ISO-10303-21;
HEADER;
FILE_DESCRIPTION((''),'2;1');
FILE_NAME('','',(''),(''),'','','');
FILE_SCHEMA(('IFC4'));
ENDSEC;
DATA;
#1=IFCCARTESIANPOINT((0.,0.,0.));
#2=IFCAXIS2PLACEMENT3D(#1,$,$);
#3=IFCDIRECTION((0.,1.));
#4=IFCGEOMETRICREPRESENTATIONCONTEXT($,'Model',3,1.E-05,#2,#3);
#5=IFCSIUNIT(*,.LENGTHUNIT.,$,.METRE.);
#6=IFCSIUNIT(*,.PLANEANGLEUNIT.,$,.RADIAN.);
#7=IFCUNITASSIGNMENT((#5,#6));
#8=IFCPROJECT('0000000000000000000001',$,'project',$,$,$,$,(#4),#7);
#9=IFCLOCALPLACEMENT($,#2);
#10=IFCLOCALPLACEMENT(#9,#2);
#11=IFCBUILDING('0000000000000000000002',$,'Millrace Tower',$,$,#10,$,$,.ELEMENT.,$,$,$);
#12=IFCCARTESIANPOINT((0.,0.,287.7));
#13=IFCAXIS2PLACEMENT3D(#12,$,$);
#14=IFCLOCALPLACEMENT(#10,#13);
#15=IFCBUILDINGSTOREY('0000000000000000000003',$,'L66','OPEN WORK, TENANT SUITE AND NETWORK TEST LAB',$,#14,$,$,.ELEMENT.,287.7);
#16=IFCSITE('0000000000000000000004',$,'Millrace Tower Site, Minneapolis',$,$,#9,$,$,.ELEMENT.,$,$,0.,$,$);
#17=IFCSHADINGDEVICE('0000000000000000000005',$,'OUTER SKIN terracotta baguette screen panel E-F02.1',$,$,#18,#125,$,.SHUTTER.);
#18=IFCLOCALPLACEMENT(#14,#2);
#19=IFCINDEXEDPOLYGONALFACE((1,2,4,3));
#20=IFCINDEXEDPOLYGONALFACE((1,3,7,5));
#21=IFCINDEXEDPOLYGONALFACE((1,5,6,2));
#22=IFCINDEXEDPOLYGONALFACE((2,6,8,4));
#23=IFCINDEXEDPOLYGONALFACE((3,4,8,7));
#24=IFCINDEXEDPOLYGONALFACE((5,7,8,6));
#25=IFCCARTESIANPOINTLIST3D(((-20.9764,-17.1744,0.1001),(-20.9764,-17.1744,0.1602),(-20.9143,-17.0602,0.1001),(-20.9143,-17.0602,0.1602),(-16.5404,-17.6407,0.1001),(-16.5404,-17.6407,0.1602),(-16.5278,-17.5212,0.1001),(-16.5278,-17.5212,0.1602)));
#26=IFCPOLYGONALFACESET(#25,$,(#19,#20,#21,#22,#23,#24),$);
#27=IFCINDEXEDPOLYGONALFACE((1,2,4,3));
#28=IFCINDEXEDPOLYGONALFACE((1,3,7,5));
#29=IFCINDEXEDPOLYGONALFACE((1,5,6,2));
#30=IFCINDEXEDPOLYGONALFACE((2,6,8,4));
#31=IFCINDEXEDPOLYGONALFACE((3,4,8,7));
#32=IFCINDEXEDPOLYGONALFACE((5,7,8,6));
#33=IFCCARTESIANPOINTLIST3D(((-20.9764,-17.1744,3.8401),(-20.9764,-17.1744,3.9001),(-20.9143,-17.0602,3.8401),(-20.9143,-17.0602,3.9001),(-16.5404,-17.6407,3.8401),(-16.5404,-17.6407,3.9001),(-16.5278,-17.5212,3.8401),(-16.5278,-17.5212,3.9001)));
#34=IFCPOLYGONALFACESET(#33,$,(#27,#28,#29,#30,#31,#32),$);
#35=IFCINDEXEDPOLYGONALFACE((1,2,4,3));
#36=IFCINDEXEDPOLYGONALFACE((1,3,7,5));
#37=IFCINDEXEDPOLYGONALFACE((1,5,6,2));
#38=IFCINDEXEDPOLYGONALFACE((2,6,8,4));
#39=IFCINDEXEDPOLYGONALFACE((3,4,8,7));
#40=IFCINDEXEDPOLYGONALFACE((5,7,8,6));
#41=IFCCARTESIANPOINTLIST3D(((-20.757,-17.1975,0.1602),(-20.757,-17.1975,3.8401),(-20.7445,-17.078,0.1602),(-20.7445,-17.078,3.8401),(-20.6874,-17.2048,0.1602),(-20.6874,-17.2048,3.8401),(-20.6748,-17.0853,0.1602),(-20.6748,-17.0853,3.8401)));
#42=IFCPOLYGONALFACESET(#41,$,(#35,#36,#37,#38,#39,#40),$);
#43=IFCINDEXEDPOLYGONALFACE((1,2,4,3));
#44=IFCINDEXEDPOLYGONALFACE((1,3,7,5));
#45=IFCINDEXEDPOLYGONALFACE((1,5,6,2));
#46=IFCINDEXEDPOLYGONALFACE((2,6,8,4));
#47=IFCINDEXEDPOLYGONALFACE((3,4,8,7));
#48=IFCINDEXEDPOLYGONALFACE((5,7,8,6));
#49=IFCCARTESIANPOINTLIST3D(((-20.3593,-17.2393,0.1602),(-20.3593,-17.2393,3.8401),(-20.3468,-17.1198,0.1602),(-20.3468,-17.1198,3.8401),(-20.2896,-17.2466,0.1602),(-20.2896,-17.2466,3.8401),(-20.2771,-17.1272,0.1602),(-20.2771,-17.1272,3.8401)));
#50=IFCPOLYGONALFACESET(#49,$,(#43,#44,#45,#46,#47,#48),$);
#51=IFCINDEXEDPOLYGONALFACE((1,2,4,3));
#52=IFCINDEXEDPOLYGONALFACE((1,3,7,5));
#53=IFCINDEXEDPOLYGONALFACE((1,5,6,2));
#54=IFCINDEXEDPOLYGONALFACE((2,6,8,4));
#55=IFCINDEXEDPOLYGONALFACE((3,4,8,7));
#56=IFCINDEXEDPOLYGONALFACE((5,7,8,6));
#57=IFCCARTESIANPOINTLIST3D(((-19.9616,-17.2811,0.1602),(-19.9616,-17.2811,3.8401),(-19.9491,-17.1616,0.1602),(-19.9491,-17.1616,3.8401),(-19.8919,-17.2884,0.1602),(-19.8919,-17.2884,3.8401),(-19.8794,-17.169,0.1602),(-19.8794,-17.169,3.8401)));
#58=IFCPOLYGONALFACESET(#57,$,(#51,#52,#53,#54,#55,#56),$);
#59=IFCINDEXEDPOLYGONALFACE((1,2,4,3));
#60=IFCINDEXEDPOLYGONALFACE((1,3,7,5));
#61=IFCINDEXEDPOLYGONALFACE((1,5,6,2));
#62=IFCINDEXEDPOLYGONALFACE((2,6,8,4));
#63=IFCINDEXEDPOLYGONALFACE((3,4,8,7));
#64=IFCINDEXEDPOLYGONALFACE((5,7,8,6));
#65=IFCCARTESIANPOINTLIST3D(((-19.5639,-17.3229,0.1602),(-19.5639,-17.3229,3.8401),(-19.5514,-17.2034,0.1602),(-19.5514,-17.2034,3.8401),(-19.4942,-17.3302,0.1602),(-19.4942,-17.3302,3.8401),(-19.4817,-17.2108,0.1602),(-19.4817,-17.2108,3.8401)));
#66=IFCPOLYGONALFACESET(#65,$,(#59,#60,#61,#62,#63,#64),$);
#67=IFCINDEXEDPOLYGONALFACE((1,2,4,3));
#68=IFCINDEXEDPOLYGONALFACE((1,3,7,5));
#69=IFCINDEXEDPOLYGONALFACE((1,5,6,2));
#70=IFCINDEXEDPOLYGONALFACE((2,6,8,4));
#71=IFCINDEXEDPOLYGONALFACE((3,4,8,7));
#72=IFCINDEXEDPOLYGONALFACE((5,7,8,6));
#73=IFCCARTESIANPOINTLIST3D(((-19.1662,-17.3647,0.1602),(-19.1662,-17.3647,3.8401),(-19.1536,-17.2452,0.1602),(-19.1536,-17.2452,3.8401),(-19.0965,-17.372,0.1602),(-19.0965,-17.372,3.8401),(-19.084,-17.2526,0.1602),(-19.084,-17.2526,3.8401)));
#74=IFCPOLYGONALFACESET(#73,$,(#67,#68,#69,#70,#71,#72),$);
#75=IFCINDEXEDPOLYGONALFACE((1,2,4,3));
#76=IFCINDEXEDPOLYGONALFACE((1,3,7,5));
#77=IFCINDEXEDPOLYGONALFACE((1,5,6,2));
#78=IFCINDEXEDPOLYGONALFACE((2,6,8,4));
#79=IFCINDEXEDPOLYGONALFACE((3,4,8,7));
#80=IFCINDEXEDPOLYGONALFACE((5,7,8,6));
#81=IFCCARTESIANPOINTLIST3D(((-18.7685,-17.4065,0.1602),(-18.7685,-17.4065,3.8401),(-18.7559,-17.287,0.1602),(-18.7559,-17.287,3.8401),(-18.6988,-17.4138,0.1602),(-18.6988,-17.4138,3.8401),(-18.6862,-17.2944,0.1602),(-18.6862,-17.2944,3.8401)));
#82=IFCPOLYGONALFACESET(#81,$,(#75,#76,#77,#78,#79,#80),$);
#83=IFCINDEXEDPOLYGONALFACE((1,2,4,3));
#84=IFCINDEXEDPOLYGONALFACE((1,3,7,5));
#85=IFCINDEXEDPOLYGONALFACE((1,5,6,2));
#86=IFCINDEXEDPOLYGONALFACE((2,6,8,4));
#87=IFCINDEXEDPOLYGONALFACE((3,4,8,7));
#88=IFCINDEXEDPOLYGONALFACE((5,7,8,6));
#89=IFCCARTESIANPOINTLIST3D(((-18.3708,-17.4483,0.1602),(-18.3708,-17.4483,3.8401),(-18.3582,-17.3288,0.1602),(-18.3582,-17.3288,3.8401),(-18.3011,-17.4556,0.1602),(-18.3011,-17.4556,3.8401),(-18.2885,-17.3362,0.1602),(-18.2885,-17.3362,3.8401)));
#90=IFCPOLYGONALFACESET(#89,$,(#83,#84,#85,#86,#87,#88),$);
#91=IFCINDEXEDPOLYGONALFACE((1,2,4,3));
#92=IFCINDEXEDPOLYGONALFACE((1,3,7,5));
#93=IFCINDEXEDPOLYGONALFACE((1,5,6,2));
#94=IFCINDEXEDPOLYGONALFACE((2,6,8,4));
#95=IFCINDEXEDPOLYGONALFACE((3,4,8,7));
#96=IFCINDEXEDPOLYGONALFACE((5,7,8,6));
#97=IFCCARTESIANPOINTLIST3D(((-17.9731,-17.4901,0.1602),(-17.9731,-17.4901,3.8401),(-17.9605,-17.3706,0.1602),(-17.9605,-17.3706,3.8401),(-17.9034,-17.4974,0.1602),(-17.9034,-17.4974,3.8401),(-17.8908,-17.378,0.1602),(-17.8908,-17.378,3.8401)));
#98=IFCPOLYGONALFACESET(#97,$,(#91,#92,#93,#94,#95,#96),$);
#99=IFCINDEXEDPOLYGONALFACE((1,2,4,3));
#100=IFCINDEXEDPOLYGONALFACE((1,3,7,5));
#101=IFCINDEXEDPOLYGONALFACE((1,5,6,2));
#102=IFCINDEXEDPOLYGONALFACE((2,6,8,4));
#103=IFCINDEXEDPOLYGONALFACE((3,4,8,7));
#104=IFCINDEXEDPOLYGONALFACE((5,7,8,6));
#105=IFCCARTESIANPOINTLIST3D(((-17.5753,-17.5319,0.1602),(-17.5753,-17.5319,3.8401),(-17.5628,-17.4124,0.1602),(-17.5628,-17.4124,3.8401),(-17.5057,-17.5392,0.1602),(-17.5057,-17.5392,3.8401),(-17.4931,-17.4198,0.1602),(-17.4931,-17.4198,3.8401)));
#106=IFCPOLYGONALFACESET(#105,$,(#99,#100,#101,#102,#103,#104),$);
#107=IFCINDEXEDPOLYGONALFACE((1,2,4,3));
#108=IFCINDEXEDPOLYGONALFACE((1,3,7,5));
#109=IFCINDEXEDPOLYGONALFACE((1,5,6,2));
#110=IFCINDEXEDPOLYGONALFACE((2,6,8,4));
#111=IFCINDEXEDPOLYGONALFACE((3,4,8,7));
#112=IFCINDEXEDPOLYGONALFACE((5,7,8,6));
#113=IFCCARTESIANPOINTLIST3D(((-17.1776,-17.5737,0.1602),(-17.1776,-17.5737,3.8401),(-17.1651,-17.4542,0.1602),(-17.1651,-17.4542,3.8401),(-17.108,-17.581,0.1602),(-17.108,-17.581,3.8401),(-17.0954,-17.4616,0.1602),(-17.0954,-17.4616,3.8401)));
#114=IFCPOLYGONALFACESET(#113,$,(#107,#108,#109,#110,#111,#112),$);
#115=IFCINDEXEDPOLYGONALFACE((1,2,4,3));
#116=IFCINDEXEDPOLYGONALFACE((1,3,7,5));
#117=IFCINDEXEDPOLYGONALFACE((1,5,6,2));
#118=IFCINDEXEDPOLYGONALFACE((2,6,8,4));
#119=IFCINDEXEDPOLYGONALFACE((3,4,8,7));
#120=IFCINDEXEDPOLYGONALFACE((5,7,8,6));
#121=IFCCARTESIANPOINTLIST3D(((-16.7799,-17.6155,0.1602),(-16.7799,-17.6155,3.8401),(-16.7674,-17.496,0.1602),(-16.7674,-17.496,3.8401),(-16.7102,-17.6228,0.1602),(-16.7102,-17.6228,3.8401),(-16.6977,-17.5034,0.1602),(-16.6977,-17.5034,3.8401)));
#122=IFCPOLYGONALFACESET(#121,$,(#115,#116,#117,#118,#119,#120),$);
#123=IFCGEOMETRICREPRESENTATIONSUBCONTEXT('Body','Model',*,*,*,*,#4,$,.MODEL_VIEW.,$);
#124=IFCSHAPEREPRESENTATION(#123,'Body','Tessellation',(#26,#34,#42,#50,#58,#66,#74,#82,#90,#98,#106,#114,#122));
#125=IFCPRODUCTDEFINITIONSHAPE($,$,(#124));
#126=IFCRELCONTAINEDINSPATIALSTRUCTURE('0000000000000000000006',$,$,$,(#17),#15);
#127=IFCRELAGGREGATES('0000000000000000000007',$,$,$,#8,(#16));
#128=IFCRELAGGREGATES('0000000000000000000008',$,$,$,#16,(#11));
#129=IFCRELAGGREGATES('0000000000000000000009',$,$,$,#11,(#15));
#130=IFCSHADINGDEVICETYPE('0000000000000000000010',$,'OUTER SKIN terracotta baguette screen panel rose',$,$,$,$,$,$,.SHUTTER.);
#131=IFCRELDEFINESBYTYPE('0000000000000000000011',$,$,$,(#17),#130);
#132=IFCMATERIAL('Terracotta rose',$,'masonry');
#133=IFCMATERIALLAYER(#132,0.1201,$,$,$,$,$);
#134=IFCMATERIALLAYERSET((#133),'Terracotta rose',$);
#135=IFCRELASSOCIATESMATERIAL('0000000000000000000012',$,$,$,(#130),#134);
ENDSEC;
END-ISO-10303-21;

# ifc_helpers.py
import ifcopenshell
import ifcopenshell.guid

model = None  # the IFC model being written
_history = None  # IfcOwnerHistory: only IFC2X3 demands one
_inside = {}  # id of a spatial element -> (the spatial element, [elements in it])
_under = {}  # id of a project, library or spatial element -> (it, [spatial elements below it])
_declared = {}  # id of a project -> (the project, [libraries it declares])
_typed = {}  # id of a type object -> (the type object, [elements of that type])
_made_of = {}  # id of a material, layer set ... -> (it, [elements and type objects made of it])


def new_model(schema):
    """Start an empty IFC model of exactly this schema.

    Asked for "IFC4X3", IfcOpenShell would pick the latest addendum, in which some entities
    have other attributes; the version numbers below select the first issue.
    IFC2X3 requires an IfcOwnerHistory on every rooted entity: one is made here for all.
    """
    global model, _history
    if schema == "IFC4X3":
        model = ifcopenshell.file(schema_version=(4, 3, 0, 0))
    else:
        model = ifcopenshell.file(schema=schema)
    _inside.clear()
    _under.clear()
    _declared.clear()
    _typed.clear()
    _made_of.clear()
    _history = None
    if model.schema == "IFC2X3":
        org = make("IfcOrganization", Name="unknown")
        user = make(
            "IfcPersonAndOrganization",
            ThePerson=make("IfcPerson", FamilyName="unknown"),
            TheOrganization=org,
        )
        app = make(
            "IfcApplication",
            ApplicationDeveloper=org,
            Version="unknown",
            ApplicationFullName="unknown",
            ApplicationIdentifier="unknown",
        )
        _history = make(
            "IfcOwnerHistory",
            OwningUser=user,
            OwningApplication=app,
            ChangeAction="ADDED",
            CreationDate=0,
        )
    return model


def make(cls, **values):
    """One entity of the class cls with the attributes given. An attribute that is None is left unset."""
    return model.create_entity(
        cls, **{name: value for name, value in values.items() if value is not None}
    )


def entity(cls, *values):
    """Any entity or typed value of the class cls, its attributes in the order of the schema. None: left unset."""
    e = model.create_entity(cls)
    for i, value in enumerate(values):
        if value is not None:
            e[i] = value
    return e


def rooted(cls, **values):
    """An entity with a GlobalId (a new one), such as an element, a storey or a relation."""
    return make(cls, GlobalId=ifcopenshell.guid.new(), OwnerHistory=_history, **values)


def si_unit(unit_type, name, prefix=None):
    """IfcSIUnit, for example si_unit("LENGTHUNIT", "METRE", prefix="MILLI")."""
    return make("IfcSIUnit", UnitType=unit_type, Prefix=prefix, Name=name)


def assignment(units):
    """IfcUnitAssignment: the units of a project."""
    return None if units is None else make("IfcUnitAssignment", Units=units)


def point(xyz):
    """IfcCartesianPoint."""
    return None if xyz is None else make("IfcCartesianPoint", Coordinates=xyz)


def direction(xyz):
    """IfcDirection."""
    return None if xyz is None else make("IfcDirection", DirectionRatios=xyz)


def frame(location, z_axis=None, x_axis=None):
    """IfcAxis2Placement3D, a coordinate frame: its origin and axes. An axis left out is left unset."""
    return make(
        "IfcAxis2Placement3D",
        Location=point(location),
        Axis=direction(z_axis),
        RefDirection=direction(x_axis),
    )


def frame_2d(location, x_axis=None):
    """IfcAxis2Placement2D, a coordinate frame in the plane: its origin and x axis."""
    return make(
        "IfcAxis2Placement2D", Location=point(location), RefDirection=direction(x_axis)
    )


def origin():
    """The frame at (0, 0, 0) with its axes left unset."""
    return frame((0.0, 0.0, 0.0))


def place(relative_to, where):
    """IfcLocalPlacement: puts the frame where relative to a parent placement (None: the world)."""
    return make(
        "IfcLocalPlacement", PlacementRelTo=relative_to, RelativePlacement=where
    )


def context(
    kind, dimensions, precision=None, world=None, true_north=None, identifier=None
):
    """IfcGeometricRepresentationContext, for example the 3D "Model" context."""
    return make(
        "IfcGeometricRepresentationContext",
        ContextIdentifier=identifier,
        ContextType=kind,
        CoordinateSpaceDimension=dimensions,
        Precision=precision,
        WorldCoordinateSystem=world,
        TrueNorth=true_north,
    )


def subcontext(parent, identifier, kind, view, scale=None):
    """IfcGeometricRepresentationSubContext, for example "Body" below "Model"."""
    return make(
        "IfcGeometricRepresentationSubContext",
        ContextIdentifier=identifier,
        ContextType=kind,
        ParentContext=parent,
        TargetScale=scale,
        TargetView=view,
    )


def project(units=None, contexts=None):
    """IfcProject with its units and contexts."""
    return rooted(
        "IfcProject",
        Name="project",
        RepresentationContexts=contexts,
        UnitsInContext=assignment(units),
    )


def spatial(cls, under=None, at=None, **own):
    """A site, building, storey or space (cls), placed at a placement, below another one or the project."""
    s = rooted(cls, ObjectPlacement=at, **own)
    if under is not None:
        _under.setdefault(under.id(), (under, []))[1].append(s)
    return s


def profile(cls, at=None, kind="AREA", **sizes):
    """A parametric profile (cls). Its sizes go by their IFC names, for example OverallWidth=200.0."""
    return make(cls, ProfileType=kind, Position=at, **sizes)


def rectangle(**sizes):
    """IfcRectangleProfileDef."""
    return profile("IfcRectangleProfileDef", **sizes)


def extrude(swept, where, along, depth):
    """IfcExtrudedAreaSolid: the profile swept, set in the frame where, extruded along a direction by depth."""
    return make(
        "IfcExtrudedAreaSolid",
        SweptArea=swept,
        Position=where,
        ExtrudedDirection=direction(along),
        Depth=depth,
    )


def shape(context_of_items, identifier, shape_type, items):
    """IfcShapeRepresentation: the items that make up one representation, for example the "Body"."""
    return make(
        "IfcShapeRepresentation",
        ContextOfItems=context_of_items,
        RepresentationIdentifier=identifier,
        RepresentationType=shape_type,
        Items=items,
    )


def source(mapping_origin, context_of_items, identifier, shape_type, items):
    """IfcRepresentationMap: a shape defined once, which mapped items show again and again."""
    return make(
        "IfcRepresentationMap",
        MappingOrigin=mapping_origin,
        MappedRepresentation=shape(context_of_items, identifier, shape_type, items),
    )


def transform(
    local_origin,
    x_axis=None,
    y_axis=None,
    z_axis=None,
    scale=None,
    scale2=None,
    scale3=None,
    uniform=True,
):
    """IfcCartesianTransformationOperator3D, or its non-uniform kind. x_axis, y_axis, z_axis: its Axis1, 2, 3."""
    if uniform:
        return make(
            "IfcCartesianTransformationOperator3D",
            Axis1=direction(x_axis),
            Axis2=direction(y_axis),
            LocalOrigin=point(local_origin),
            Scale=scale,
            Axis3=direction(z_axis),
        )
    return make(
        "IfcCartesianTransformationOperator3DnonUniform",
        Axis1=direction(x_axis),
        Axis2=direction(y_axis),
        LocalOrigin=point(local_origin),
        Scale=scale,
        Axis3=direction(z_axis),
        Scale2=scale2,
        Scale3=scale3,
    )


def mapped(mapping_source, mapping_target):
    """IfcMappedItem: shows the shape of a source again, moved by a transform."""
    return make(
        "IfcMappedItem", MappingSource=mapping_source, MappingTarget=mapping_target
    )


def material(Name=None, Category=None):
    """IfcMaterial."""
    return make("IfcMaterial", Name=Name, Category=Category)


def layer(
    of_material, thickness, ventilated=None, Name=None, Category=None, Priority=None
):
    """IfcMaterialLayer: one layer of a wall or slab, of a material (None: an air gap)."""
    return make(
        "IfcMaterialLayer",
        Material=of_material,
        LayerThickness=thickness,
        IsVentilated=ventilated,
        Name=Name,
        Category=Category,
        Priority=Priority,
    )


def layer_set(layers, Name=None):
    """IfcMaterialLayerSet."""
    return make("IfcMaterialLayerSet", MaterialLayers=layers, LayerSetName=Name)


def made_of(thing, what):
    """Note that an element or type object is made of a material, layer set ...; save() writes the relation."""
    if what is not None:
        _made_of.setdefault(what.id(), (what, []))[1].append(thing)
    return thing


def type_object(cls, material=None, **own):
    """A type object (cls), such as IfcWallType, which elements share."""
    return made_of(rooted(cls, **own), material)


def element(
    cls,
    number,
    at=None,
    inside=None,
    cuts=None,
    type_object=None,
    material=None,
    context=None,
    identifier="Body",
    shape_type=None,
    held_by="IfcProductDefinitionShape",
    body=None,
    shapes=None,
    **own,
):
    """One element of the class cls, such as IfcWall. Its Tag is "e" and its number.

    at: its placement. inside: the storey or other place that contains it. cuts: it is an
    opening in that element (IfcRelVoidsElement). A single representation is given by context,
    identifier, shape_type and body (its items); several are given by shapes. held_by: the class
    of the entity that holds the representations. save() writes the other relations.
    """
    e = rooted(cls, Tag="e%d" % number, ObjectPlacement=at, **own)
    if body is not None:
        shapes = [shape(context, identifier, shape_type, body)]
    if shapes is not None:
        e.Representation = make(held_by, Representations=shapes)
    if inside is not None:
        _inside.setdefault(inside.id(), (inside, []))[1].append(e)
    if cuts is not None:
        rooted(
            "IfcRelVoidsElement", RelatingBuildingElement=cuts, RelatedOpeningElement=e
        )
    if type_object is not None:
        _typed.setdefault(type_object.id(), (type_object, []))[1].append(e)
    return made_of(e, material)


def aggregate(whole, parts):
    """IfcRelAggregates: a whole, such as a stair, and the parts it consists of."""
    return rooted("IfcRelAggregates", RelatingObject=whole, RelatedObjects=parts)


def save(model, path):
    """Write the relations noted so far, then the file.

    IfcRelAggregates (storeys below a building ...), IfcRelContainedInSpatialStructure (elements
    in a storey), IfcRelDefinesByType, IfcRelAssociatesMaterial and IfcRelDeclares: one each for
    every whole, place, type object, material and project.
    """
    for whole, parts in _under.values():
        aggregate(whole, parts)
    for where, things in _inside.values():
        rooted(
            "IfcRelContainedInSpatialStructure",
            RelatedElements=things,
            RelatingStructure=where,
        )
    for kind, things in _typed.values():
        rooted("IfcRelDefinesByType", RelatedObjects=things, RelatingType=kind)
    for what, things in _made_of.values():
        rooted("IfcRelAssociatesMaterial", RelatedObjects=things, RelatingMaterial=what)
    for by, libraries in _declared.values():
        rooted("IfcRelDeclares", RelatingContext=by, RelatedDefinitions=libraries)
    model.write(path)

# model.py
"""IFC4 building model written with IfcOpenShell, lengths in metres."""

from ifc_helpers import new_model, entity, si_unit, direction, frame, frame_2d, origin, place, context, subcontext, project, spatial, rectangle, extrude, source, transform, mapped, material, layer, layer_set, type_object, element, save


model = new_model("IFC4")

# Units and contexts
model_context = context("Model", 3, precision=1e-05, world=origin(), true_north=direction((0.0, 1.0)))
body_context = subcontext(model_context, "Body", "Model", "MODEL_VIEW")
ifc_project = project(units=[si_unit("LENGTHUNIT", "METRE"), si_unit("PLANEANGLEUNIT", "RADIAN")], contexts=[model_context])

# Site, building, storey
site_placement = place(None, origin())
site = spatial("IfcSite", under=ifc_project, at=site_placement, Name="Millrace Tower Site, Minneapolis", CompositionType="ELEMENT", RefElevation=0.0)
building_placement = place(site_placement, origin())
building = spatial("IfcBuilding", under=site, at=building_placement, Name="Millrace Tower", CompositionType="ELEMENT")
storey_placement = place(building_placement, frame((0.0, 0.0, 287.7)))
storey = spatial("IfcBuildingStorey", under=building, at=storey_placement, Name="L66", Description="OPEN WORK, TENANT SUITE AND NETWORK TEST LAB", CompositionType="ELEMENT", Elevation=287.7)

# Shading device
ifc_material_1 = material(Name="Terracotta rose", Category="masonry")
ifc_layer_1 = layer(ifc_material_1, 0.1201)
ifc_layer_set_1 = layer_set([ifc_layer_1], Name="Terracotta rose")
shading_device_type = type_object("IfcShadingDeviceType", Name="OUTER SKIN terracotta baguette screen panel rose", PredefinedType="SHUTTER", material=ifc_layer_set_1)
cartesian_point_1 = entity("IfcCartesianPoint", [-2.1929, 0.0601])
shared_polyline_1 = entity("IfcPolyline", [cartesian_point_1, entity("IfcCartesianPoint", [2.2178, 0.0601]), entity("IfcCartesianPoint", [2.2178, -0.0601]), entity("IfcCartesianPoint", [-2.2427, -0.0601]), cartesian_point_1])
shared_shape_1 = source(origin(), body_context, "Body", "SweptSolid", [
    entity("IfcExtrudedAreaSolid", entity("IfcArbitraryClosedProfileDef", "AREA", None, shared_polyline_1), entity("IfcAxis2Placement3D", entity("IfcCartesianPoint", [0.0, 0.0, 0.0])), entity("IfcDirection", [0.0, 0.0, 1.0]), 0.0601),
    entity("IfcExtrudedAreaSolid", entity("IfcArbitraryClosedProfileDef", "AREA", None, shared_polyline_1), entity("IfcAxis2Placement3D", entity("IfcCartesianPoint", [0.0, 0.0, 3.74])), entity("IfcDirection", [0.0, 0.0, 1.0]), 0.0601),
    extrude(rectangle(XDim=0.0701, YDim=0.1201, at=frame_2d((-1.9871, 0.0))), frame((0.0, 0.0, 0.0601)), (0.0, 0.0, 1.0), 3.6799),
    extrude(rectangle(XDim=0.0701, YDim=0.1201, at=frame_2d((-1.5872, 0.0))), frame((0.0, 0.0, 0.0601)), (0.0, 0.0, 1.0), 3.6799),
    extrude(rectangle(XDim=0.0701, YDim=0.1201, at=frame_2d((-1.1873, 0.0))), frame((0.0, 0.0, 0.0601)), (0.0, 0.0, 1.0), 3.6799),
    extrude(rectangle(XDim=0.0701, YDim=0.1201, at=frame_2d((-0.7874, 0.0))), frame((0.0, 0.0, 0.0601)), (0.0, 0.0, 1.0), 3.6799),
    extrude(rectangle(XDim=0.0701, YDim=0.1201, at=frame_2d((-0.3875, 0.0))), frame((0.0, 0.0, 0.0601)), (0.0, 0.0, 1.0), 3.6799),
    extrude(rectangle(XDim=0.0701, YDim=0.1201, at=frame_2d((0.0125, 0.0))), frame((0.0, 0.0, 0.0601)), (0.0, 0.0, 1.0), 3.6799),
    extrude(rectangle(XDim=0.0701, YDim=0.1201, at=frame_2d((0.4124, 0.0))), frame((0.0, 0.0, 0.0601)), (0.0, 0.0, 1.0), 3.6799),
    extrude(rectangle(XDim=0.0701, YDim=0.1201, at=frame_2d((0.8123, 0.0))), frame((0.0, 0.0, 0.0601)), (0.0, 0.0, 1.0), 3.6799),
    extrude(rectangle(XDim=0.0701, YDim=0.1201, at=frame_2d((1.2122, 0.0))), frame((0.0, 0.0, 0.0601)), (0.0, 0.0, 1.0), 3.6799),
    extrude(rectangle(XDim=0.0701, YDim=0.1201, at=frame_2d((1.6121, 0.0))), frame((0.0, 0.0, 0.0601)), (0.0, 0.0, 1.0), 3.6799),
    extrude(rectangle(XDim=0.0701, YDim=0.1201, at=frame_2d((2.012, 0.0))), frame((0.0, 0.0, 0.0601)), (0.0, 0.0, 1.0), 3.6799),
])
shading_device_1_placement = place(storey_placement, frame((-18.7397, -17.3491, 0.1001), z_axis=(0.0, 0.0, 1.0), x_axis=(0.994522, -0.104528, 0.0)))
element("IfcShadingDevice", 1, at=shading_device_1_placement, inside=storey, type_object=shading_device_type, Name="OUTER SKIN terracotta baguette screen panel E-F02.1", PredefinedType="SHUTTER", context=body_context, shape_type="MappedRepresentation", body=[
    mapped(shared_shape_1, transform((0.0, 0.0, 0.0), scale=1.0)),
])

save(model, "model.ifc")
